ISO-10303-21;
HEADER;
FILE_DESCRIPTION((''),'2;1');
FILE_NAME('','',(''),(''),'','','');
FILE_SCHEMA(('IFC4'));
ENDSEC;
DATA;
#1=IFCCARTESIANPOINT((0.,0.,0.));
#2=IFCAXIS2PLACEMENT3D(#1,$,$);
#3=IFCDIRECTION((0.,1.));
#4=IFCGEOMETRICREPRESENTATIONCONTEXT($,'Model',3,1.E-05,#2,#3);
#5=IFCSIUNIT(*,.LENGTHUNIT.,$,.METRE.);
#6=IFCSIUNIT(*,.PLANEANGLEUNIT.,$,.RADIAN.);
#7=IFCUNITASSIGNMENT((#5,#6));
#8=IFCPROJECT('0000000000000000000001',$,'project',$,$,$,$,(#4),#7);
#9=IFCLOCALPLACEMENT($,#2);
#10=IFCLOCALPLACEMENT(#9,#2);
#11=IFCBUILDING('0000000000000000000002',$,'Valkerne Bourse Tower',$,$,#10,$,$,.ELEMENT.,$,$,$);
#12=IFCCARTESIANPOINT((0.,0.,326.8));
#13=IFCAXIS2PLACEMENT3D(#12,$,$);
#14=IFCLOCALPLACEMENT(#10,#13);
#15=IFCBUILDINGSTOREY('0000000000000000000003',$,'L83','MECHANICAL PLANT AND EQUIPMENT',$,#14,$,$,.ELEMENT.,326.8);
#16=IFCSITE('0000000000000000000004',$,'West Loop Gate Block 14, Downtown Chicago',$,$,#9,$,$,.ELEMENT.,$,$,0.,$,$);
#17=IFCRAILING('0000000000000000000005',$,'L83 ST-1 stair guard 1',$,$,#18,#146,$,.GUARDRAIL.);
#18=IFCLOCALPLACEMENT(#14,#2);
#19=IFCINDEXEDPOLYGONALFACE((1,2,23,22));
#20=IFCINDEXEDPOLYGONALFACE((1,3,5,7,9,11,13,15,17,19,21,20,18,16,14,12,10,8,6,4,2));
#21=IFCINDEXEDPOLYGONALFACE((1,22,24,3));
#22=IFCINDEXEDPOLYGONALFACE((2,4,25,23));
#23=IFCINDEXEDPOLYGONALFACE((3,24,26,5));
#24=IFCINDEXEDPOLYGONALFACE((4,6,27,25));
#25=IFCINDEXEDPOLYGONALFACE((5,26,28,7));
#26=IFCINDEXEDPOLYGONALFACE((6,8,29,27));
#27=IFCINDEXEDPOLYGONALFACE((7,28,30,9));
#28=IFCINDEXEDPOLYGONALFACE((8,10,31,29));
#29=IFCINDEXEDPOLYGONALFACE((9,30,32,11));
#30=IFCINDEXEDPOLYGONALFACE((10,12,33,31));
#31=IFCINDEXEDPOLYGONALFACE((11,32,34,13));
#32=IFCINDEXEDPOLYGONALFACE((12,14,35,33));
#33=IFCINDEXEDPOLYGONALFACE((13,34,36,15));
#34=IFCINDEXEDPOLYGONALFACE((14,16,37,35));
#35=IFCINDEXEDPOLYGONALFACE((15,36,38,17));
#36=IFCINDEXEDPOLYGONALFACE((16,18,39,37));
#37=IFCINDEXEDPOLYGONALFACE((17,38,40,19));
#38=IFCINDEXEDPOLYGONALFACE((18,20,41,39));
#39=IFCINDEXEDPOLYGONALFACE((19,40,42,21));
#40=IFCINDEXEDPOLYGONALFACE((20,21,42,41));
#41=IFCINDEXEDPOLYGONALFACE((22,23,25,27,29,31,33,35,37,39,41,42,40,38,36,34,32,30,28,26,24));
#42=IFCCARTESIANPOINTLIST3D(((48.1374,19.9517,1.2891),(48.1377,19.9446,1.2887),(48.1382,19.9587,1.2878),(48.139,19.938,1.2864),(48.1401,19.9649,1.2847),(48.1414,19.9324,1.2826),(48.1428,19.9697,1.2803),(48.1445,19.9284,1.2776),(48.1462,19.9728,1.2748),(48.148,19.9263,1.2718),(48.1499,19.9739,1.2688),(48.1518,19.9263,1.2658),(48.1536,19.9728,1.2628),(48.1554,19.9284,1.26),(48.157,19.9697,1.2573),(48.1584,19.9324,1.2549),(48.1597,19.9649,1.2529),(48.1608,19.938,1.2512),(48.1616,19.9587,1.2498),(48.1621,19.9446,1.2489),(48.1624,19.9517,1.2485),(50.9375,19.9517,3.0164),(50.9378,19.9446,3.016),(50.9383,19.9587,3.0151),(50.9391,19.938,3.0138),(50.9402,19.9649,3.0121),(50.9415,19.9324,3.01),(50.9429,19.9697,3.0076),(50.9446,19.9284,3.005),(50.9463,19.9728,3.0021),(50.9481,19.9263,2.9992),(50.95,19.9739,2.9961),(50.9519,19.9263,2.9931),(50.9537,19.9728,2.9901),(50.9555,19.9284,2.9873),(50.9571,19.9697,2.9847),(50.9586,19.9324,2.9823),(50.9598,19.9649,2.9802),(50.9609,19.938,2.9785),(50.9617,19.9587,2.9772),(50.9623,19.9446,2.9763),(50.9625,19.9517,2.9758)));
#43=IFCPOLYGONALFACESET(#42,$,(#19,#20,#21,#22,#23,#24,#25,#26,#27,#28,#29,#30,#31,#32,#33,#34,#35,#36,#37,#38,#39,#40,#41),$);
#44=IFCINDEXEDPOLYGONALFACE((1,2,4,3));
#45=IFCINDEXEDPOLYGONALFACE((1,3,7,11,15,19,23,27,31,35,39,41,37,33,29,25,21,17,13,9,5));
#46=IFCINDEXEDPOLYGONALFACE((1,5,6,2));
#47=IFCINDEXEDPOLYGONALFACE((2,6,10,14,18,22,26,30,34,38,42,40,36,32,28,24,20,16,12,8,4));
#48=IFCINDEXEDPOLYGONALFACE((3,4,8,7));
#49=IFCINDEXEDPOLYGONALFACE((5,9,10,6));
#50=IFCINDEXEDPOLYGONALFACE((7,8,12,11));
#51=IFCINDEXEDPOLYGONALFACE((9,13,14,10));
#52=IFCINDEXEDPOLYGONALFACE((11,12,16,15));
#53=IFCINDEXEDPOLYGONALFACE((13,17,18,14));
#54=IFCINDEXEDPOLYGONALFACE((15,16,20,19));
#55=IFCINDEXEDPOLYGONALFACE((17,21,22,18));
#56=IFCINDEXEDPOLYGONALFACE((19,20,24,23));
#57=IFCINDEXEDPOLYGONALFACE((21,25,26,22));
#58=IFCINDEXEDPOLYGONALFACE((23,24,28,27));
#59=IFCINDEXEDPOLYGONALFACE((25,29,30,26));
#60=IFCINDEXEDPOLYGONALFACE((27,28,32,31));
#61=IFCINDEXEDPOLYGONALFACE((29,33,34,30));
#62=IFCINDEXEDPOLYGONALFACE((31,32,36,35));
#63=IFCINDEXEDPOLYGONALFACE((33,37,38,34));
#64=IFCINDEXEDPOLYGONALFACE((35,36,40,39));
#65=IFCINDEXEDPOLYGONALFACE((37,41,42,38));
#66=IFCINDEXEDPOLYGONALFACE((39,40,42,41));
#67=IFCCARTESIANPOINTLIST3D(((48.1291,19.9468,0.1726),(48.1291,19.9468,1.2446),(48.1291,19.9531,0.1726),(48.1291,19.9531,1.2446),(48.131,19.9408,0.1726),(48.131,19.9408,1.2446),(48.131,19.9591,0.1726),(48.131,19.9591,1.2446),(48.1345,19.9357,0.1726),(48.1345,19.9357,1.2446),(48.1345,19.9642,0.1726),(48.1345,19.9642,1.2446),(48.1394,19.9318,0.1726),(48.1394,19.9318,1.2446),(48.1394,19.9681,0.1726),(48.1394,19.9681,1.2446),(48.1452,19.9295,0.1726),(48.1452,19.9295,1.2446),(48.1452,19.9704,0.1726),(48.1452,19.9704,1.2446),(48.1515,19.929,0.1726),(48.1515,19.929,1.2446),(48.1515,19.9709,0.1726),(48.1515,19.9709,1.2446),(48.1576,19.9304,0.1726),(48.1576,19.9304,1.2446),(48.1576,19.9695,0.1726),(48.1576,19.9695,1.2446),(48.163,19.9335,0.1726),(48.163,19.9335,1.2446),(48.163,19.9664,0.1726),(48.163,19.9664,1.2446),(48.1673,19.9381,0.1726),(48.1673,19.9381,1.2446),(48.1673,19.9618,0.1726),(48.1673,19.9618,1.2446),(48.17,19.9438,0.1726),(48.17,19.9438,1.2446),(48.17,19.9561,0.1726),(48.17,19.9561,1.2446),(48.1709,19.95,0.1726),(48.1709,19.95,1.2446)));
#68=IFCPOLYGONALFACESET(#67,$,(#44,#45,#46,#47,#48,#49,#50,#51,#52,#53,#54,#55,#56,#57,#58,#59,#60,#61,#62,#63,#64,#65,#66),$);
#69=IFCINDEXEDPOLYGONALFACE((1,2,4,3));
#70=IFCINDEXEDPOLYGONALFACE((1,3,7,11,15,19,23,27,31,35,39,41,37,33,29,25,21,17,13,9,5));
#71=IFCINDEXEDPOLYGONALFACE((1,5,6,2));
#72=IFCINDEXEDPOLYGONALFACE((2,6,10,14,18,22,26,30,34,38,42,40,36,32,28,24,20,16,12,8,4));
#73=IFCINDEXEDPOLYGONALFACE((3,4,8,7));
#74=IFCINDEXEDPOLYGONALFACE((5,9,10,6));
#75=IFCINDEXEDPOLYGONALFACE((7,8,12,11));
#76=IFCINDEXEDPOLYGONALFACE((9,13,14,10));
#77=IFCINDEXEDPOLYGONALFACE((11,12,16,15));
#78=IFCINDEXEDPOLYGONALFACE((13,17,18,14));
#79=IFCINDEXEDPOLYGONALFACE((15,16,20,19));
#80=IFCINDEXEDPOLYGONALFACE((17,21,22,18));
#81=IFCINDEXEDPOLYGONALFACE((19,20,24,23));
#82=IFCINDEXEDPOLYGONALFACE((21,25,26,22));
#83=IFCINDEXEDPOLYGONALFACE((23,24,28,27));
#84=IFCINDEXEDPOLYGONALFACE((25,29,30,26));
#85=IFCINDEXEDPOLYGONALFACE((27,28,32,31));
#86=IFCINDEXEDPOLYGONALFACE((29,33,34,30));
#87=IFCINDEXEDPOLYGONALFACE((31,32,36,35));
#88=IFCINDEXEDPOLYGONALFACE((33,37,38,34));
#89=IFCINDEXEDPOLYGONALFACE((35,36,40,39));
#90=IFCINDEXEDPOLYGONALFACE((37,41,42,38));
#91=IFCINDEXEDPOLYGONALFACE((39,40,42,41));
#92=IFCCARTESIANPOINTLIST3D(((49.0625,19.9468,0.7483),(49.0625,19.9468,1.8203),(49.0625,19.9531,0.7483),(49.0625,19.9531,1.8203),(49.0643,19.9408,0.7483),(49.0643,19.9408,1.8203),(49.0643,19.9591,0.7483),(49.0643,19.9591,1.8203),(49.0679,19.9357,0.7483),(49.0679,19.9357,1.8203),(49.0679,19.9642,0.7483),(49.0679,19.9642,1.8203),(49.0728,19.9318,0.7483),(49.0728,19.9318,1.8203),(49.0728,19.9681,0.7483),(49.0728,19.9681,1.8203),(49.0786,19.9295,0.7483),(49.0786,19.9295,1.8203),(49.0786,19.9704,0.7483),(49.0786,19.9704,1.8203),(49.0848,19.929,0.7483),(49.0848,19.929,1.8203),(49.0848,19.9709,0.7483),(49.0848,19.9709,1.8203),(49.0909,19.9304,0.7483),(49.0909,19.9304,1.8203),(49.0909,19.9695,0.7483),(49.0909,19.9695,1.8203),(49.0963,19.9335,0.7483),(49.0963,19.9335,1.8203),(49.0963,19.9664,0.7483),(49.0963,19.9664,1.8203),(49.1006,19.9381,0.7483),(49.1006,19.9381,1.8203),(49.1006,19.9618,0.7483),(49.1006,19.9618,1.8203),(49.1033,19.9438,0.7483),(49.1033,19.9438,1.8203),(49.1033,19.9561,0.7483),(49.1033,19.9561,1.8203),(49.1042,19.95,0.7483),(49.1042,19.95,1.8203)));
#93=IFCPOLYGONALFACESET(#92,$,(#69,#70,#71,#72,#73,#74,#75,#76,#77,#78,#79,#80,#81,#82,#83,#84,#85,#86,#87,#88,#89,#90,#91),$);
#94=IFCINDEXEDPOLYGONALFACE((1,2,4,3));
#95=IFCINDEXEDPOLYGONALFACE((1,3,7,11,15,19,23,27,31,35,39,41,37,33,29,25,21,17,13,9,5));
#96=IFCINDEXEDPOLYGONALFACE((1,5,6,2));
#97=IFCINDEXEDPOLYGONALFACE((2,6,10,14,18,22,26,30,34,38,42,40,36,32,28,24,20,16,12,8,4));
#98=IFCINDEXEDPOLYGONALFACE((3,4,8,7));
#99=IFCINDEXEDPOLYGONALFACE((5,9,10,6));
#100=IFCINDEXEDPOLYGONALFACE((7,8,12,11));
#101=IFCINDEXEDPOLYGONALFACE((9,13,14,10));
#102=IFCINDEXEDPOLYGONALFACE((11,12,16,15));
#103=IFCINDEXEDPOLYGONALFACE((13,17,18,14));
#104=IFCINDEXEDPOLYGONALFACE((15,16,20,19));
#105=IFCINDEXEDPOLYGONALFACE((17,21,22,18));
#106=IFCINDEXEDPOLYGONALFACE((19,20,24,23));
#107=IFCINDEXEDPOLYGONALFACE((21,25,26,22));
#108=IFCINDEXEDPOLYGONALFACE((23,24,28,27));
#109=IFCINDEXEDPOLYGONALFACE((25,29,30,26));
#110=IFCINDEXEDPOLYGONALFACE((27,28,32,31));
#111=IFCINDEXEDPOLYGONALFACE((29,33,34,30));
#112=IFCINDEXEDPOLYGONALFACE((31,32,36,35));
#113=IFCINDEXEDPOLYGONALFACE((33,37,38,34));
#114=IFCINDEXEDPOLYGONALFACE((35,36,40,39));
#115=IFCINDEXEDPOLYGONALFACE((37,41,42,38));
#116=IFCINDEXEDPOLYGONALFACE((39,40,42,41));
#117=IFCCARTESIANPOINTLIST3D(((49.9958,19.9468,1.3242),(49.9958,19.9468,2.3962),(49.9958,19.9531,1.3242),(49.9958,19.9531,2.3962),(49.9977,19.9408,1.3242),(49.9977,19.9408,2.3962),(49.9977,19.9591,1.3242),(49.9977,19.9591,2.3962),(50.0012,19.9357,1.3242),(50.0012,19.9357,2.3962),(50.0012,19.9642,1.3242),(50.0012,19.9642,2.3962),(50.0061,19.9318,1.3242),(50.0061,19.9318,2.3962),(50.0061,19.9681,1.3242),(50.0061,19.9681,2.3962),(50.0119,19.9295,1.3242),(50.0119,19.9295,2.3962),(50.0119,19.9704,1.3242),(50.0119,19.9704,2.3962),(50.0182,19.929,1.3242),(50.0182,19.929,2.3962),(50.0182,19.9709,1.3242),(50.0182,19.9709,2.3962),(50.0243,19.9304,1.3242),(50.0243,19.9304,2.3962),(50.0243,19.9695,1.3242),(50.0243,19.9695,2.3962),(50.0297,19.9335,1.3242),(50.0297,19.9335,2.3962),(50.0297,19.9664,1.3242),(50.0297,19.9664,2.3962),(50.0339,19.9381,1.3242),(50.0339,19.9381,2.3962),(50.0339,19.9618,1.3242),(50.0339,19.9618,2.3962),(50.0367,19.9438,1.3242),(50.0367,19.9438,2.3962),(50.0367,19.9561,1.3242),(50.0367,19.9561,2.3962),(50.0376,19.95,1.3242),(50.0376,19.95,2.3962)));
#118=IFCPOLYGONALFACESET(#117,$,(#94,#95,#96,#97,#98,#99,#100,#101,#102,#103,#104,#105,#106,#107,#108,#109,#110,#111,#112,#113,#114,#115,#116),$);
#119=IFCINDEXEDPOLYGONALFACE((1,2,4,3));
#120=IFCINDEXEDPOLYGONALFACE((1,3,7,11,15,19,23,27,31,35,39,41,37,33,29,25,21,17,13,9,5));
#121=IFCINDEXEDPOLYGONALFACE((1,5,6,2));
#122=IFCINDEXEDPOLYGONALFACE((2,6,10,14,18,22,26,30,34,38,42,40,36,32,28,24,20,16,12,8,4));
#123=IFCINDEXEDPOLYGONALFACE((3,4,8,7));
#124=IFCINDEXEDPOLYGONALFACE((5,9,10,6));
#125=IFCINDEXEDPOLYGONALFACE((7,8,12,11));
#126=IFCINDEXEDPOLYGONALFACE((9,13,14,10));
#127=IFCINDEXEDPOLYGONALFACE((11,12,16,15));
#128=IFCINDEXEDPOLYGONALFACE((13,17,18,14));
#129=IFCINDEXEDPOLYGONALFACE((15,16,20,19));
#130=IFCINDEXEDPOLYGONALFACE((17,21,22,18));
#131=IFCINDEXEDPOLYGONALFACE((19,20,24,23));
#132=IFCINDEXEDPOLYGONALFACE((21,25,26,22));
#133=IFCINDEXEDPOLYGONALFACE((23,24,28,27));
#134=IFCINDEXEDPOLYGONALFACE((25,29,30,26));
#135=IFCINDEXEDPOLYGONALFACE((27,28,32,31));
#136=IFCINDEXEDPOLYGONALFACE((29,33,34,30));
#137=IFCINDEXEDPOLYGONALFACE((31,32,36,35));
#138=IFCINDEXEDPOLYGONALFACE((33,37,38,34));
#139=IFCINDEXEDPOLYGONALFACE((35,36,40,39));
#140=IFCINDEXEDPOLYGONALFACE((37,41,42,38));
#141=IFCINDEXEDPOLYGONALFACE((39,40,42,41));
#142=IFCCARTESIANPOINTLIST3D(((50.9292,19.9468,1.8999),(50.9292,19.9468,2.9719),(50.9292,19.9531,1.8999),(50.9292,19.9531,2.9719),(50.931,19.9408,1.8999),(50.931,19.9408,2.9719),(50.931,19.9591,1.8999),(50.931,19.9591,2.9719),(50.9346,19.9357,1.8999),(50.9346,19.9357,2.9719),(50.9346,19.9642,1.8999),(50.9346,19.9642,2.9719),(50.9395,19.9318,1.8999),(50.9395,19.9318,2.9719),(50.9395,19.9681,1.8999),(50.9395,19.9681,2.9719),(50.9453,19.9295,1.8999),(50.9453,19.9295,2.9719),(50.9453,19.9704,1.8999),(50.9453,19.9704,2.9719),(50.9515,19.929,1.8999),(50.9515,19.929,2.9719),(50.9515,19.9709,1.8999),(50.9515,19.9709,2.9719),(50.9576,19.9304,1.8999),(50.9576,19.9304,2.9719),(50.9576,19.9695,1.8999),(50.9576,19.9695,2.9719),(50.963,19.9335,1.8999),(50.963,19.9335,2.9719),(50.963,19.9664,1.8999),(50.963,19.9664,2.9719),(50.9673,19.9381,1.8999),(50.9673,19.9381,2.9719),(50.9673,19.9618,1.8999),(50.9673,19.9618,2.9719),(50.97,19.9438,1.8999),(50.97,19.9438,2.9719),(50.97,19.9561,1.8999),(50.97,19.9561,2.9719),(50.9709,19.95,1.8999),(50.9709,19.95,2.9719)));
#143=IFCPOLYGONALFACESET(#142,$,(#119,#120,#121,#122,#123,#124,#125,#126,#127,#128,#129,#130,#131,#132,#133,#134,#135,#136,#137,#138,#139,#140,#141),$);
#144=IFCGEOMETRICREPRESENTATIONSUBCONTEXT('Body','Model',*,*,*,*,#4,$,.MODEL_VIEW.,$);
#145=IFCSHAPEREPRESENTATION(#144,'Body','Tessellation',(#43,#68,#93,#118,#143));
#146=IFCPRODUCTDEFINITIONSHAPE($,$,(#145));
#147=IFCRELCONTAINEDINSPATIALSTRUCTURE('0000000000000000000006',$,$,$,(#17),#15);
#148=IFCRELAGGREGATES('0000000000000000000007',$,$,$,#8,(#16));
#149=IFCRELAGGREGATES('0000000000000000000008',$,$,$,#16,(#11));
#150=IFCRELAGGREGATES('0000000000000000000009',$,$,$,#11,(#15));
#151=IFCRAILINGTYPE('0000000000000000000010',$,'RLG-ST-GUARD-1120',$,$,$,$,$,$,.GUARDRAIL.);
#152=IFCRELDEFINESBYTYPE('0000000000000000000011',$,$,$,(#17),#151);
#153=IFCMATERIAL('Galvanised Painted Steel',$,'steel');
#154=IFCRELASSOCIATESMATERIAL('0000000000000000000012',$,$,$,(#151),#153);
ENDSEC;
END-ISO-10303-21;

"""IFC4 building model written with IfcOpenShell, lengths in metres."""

from ifc_helpers import new_model, si_unit, direction, frame, origin, origin_2d, place, context, subcontext, project, spatial, circle, extrude, material, type_object, element, save


model = new_model("IFC4")

# Units and contexts
model_context = context("Model", 3, precision=1e-05, world=origin(), true_north=direction((0.0, 1.0)))
body_context = subcontext(model_context, "Body", "Model", "MODEL_VIEW")
ifc_project = project(units=[si_unit("LENGTHUNIT", "METRE"), si_unit("PLANEANGLEUNIT", "RADIAN")], contexts=[model_context])

# Site, building, storey
site_placement = place(None, origin())
site = spatial("IfcSite", under=ifc_project, at=site_placement, Name="West Loop Gate Block 14, Downtown Chicago", CompositionType="ELEMENT", RefElevation=0.0)
building_placement = place(site_placement, origin())
building = spatial("IfcBuilding", under=site, at=building_placement, Name="Valkerne Bourse Tower", CompositionType="ELEMENT")
storey_placement = place(building_placement, frame((0.0, 0.0, 326.8)))
storey = spatial("IfcBuildingStorey", under=building, at=storey_placement, Name="L83", Description="MECHANICAL PLANT AND EQUIPMENT", CompositionType="ELEMENT", Elevation=326.8)

# Railing
ifc_material_1 = material(Name="Galvanised Painted Steel", Category="steel")
railing_type_1 = type_object("IfcRailingType", Name="RLG-ST-GUARD-1120", PredefinedType="GUARDRAIL", material=ifc_material_1)
railing_1_placement = place(storey_placement, frame((48.1499, 19.95, 0.1726)))
element("IfcRailing", 1, at=railing_1_placement, inside=storey, type_object=railing_type_1, Name="L83 ST-1 stair guard 1", PredefinedType="GUARDRAIL", context=body_context, shape_type="SweptSolid", body=[
    extrude(circle(Radius=0.0239, at=origin_2d()), frame((0.0, 0.0, 1.0962), z_axis=(0.85109, 0.0, 0.52502), x_axis=(0.0, 1.0, 0.0)), (0.0, 0.0, 1.0), 3.29),
    extrude(circle(Radius=0.021, at=origin_2d()), origin(), (0.0, 0.0, 1.0), 1.072),
    extrude(circle(Radius=0.021, at=origin_2d()), frame((0.9333, 0.0, 0.5757)), (0.0, 0.0, 1.0), 1.072),
    extrude(circle(Radius=0.021, at=origin_2d()), frame((1.8667, 0.0, 1.1516)), (0.0, 0.0, 1.0), 1.072),
    extrude(circle(Radius=0.021, at=origin_2d()), frame((2.8, 0.0, 1.7273)), (0.0, 0.0, 1.0), 1.072),
])

save(model, "model.ifc")
